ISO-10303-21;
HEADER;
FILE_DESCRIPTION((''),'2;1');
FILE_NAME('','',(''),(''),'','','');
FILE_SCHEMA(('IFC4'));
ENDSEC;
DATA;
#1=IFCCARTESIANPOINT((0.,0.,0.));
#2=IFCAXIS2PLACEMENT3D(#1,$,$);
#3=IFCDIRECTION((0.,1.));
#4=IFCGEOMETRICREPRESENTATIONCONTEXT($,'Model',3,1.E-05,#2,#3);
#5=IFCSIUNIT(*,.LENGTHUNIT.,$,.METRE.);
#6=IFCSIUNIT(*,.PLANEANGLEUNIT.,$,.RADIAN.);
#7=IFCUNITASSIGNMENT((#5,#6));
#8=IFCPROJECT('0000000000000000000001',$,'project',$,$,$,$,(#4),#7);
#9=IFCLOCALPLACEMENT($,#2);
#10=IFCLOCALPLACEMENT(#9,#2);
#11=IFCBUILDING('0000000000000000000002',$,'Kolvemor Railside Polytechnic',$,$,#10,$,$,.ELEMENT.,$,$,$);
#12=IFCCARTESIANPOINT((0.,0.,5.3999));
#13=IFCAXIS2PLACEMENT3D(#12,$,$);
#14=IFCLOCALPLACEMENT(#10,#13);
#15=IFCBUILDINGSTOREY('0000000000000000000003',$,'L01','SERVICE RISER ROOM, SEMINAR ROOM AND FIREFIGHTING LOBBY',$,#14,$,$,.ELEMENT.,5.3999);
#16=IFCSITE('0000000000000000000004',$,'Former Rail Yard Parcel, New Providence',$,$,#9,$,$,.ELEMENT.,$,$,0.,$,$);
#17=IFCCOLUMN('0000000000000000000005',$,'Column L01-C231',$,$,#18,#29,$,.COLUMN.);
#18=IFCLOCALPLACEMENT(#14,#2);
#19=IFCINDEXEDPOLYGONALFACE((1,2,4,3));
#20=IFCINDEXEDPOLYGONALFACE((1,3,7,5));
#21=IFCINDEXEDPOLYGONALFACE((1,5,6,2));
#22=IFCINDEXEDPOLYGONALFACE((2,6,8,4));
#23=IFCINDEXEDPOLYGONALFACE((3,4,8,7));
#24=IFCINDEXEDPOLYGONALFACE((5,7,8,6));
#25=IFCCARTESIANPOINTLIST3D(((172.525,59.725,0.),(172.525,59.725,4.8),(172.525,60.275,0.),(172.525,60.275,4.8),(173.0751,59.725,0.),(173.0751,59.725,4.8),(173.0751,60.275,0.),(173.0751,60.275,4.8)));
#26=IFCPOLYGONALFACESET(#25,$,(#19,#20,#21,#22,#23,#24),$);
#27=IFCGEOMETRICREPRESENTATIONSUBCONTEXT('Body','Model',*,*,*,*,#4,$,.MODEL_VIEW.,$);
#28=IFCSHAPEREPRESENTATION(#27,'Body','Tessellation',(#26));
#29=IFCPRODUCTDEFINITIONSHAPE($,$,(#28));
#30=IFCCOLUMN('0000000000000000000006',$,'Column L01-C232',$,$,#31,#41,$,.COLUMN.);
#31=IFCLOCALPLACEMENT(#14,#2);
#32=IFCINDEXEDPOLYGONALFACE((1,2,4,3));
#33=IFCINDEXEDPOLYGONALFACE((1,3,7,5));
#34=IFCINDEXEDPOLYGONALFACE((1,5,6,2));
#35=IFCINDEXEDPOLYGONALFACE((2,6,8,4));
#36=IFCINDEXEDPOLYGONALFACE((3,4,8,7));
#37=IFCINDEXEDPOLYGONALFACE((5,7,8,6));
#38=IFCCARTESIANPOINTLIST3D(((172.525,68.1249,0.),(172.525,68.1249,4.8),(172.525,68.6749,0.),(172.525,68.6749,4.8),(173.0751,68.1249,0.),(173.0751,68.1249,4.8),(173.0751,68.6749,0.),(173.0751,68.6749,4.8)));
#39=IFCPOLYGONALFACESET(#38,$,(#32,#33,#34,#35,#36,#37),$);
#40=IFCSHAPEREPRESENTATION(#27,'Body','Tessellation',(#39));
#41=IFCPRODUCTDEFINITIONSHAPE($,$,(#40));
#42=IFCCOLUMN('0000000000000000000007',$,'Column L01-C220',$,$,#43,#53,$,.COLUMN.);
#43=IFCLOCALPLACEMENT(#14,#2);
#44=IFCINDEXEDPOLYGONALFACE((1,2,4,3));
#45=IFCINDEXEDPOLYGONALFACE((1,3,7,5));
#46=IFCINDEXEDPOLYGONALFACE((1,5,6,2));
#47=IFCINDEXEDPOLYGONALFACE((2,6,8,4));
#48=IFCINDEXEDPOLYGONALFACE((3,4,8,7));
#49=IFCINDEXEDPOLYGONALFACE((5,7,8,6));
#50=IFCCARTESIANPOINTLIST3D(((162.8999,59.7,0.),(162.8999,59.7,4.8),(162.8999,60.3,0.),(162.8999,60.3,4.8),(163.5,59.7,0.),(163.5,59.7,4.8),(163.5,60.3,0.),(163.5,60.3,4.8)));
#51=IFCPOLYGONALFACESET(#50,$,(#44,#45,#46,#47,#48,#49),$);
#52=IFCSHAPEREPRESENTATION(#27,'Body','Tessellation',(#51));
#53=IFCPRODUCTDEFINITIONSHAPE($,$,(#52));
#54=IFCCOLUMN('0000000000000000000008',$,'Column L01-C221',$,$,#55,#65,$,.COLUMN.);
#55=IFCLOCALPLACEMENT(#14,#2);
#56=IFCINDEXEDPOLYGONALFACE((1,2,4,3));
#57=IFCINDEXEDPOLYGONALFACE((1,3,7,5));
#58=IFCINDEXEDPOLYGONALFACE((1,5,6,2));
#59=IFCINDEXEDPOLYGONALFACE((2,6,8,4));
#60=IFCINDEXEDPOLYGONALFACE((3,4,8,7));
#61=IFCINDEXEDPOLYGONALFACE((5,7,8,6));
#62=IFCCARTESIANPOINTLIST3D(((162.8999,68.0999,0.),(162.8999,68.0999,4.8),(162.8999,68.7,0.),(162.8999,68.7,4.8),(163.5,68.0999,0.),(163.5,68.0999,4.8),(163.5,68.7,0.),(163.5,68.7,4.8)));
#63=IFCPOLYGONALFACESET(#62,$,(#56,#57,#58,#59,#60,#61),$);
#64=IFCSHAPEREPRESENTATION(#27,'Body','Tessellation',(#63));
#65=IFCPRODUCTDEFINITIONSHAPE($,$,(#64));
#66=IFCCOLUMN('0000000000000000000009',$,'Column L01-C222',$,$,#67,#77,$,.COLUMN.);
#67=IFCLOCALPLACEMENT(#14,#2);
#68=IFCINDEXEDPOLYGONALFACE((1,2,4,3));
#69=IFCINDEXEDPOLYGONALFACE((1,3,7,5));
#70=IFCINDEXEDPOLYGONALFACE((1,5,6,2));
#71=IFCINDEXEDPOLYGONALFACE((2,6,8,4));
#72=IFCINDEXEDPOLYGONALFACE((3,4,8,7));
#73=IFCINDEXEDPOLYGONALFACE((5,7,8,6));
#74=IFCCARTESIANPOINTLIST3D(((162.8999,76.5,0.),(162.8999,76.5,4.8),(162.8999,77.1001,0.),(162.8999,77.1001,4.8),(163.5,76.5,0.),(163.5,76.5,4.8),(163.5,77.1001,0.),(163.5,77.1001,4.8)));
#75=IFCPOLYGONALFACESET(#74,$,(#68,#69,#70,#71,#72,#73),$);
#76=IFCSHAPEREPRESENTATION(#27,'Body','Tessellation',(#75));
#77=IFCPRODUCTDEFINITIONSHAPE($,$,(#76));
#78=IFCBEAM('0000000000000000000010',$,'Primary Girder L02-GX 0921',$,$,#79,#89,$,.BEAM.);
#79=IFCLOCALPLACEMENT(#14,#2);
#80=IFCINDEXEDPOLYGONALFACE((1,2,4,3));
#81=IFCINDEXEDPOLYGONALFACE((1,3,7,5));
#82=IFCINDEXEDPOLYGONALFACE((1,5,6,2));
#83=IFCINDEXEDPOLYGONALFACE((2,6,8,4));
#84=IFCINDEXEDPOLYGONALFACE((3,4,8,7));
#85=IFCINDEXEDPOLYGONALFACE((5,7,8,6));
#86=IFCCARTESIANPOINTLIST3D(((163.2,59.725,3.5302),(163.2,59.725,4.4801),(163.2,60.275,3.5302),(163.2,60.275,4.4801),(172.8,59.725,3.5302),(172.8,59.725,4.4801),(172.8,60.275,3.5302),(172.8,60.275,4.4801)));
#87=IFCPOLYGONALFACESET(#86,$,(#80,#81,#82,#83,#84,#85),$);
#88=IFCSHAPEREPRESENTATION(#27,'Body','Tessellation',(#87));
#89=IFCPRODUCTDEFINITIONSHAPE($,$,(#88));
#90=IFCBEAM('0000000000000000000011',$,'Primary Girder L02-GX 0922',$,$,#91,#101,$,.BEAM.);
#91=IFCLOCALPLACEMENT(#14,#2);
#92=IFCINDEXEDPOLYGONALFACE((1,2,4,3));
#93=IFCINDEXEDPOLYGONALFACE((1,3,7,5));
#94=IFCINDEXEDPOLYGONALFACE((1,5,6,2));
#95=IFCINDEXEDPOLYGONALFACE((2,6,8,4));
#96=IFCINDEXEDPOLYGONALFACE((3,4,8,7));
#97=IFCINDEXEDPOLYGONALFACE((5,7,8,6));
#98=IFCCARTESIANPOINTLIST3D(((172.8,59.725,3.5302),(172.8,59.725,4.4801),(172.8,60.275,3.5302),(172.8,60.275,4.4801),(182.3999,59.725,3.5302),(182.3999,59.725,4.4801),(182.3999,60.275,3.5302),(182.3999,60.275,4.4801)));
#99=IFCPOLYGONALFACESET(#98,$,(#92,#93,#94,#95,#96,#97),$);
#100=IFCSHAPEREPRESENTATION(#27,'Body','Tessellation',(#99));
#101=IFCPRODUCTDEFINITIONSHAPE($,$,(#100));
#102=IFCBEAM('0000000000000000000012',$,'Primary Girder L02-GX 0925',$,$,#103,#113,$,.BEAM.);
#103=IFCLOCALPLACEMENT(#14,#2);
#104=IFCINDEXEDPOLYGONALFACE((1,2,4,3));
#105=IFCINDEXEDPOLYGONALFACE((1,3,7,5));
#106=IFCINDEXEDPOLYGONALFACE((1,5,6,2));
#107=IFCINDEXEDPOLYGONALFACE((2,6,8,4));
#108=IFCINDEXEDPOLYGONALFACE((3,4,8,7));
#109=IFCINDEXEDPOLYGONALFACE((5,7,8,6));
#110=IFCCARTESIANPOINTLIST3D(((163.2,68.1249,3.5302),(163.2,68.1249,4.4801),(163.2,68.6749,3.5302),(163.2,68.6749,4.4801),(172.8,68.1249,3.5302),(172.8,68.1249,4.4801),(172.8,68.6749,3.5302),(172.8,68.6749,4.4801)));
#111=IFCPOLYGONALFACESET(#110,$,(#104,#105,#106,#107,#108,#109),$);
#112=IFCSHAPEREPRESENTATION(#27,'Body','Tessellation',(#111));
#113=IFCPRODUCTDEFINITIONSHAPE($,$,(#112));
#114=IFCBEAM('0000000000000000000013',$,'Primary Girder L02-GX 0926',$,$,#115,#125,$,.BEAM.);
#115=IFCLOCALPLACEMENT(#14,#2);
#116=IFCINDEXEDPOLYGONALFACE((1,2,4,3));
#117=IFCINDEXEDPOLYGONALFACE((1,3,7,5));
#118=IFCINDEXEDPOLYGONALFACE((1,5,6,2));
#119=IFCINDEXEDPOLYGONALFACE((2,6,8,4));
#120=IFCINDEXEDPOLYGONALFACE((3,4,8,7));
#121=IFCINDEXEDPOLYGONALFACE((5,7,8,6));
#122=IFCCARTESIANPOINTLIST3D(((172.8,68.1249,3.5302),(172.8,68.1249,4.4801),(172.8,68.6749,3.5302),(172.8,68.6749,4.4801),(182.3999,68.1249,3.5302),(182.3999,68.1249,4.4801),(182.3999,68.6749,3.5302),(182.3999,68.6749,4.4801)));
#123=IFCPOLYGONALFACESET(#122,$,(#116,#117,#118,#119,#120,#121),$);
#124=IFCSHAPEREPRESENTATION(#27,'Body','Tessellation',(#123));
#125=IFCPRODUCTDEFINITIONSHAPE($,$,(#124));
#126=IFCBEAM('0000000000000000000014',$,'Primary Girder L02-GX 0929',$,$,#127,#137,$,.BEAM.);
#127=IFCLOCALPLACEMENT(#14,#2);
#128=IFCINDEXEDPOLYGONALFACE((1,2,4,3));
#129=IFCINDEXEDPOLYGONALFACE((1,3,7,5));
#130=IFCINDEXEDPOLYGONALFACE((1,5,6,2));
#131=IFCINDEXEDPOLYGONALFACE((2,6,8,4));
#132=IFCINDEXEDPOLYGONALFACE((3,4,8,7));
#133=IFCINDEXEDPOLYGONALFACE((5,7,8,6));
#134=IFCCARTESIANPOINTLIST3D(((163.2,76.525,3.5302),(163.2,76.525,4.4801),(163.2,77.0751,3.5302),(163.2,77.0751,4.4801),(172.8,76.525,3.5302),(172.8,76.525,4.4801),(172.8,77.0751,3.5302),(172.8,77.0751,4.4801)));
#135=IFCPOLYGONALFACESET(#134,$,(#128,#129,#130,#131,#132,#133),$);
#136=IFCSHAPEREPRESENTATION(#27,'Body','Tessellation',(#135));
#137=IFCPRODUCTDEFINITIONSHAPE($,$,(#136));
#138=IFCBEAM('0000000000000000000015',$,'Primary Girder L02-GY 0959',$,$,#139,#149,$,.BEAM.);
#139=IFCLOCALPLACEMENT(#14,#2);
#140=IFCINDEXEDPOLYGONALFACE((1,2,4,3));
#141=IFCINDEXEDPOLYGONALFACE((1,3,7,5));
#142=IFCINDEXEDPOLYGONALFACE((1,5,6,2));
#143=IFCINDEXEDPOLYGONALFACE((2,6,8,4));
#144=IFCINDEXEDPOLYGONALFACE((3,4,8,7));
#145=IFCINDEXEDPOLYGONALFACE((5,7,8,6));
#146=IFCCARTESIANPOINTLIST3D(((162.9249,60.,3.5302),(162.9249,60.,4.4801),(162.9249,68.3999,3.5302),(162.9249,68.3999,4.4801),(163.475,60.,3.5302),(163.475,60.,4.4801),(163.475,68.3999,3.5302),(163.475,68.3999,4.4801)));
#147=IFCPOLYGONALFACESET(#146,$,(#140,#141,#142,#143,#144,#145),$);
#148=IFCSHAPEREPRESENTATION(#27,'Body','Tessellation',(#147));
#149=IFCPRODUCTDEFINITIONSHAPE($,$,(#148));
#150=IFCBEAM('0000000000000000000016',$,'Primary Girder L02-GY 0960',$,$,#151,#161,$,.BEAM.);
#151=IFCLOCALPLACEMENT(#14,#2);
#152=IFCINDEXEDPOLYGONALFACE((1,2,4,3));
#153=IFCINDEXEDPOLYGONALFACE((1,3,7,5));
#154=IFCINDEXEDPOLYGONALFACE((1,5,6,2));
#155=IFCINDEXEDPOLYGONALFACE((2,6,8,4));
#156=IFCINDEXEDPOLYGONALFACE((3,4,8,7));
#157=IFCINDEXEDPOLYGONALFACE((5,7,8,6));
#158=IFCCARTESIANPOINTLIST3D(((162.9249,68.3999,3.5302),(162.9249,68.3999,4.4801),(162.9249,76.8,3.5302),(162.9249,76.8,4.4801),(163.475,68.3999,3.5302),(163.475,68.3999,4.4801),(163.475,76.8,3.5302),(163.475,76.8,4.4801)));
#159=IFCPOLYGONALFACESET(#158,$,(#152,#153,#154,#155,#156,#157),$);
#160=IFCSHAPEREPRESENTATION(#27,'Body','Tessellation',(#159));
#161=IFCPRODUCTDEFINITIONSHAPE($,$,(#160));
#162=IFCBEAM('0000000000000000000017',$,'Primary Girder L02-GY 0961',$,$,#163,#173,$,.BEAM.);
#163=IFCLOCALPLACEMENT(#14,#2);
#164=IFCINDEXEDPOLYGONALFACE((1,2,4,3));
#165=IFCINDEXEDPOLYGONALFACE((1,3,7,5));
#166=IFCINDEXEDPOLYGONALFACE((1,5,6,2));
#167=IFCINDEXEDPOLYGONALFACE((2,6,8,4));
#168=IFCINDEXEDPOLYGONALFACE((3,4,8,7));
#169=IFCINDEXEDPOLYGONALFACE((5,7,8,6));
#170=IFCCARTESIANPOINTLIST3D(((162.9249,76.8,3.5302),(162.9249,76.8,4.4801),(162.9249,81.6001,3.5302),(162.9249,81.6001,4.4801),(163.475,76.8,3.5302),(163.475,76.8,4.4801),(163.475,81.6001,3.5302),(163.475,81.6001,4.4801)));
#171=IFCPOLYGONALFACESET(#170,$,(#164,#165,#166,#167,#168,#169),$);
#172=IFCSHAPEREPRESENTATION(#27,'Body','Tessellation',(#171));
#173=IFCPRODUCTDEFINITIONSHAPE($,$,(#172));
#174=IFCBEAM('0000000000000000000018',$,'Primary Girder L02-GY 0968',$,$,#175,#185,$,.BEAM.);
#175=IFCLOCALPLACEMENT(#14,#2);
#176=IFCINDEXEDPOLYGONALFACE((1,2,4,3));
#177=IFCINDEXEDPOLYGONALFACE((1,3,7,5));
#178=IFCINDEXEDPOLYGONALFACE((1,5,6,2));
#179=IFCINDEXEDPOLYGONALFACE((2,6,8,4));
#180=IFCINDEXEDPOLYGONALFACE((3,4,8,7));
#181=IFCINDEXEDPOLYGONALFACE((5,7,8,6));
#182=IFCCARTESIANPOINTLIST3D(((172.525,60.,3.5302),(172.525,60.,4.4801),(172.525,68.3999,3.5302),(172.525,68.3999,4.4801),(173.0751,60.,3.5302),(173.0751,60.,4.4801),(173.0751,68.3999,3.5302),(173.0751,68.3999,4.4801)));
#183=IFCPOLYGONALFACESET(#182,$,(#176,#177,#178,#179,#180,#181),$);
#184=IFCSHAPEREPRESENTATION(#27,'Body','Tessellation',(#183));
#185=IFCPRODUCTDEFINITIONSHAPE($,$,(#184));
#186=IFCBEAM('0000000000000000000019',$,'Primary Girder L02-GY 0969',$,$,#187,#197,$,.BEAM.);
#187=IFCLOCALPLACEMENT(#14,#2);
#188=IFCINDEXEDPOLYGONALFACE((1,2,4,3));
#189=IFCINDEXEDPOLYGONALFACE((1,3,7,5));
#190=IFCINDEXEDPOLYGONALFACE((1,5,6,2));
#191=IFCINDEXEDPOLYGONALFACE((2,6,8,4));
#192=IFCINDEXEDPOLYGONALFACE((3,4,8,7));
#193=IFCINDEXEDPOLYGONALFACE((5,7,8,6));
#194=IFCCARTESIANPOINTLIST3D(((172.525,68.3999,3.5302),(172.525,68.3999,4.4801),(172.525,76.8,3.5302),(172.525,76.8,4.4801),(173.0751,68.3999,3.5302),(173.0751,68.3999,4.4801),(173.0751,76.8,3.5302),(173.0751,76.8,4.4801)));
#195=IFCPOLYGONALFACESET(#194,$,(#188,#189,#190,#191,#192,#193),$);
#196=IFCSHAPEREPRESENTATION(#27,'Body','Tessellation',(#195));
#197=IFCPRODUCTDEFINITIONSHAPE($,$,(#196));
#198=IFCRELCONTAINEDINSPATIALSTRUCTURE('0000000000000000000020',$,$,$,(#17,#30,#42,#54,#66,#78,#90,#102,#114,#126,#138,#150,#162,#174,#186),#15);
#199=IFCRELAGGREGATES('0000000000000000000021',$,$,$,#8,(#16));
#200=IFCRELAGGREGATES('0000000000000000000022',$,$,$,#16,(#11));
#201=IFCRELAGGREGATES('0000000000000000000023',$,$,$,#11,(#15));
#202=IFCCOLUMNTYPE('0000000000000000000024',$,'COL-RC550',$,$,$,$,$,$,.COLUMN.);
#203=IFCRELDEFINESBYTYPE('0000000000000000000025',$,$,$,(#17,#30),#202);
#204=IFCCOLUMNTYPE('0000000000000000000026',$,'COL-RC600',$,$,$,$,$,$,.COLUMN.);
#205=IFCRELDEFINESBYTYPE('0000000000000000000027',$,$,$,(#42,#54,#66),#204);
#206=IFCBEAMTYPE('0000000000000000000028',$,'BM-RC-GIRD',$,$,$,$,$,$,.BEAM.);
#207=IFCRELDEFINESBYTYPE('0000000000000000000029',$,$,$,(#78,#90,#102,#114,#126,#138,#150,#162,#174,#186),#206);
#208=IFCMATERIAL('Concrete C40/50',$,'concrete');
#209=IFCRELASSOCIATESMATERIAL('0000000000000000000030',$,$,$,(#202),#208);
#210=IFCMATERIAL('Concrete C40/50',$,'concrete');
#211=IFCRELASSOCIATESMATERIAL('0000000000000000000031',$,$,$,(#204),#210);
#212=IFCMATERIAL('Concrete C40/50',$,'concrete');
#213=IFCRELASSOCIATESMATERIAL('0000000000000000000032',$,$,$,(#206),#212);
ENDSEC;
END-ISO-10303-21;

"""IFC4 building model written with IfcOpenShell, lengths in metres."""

from ifc_helpers import new_model, si_unit, direction, frame, origin, origin_2d, place, context, subcontext, project, spatial, rectangle, extrude, material, material_profile, profile_set, type_object, element, save


model = new_model("IFC4")

# Units and contexts
model_context = context("Model", 3, precision=1e-05, world=origin(), true_north=direction((0.0, 1.0)))
body_context = subcontext(model_context, "Body", "Model", "MODEL_VIEW")
ifc_project = project(units=[si_unit("LENGTHUNIT", "METRE"), si_unit("PLANEANGLEUNIT", "RADIAN")], contexts=[model_context])

# Site, building, storey
site_placement = place(None, origin())
site = spatial("IfcSite", under=ifc_project, at=site_placement, Name="Former Rail Yard Parcel, New Providence", CompositionType="ELEMENT", RefElevation=0.0)
building_placement = place(site_placement, origin())
building = spatial("IfcBuilding", under=site, at=building_placement, Name="Kolvemor Railside Polytechnic", CompositionType="ELEMENT")
storey_placement = place(building_placement, frame((0.0, 0.0, 5.3999)))
storey = spatial("IfcBuildingStorey", under=building, at=storey_placement, Name="L01", Description="SERVICE RISER ROOM, SEMINAR ROOM AND FIREFIGHTING LOBBY", CompositionType="ELEMENT", Elevation=5.3999)

# Columns
ifc_material_1 = material(Name="Concrete C40/50", Category="concrete")
ifc_material_profile_1 = material_profile(ifc_material_1, rectangle(XDim=0.55, YDim=0.55, at=origin_2d()), Name="RC550x550")
ifc_profile_set_1 = profile_set([ifc_material_profile_1], Name="Concrete C40/50")
column_type_1 = type_object("IfcColumnType", Name="COL-RC550", PredefinedType="COLUMN", material=ifc_profile_set_1)
for number, where, z_axis, x_axis, name in (
    (1, (172.8, 60.0, 0.0), (0.0, 0.0, 1.0), (1.0, 0.0, 0.0), "Column L01-C231"),
    (2, (172.8, 68.3999, 0.0), (0.0, 0.0, 1.0), (1.0, 0.0, 0.0), "Column L01-C232"),
):
    element("IfcColumn", number, at=place(storey_placement, frame(where, z_axis=z_axis, x_axis=x_axis)), inside=storey, type_object=column_type_1, Name=name, PredefinedType="COLUMN", context=body_context, shape_type="SweptSolid", body=[
        extrude(rectangle(XDim=0.55, YDim=0.55, at=origin_2d()), origin(), (0.0, 0.0, 1.0), 4.8),
    ])
ifc_material_2 = material(Name="Concrete C40/50", Category="concrete")
ifc_material_profile_2 = material_profile(ifc_material_2, rectangle(XDim=0.6001, YDim=0.6001, at=origin_2d()), Name="RC600x600")
ifc_profile_set_2 = profile_set([ifc_material_profile_2], Name="Concrete C40/50")
column_type_2 = type_object("IfcColumnType", Name="COL-RC600", PredefinedType="COLUMN", material=ifc_profile_set_2)
for number, where, z_axis, x_axis, name in (
    (3, (163.2, 60.0, 0.0), (0.0, 0.0, 1.0), (1.0, 0.0, 0.0), "Column L01-C220"),
    (4, (163.2, 68.3999, 0.0), (0.0, 0.0, 1.0), (1.0, 0.0, 0.0), "Column L01-C221"),
    (5, (163.2, 76.8, 0.0), (0.0, 0.0, 1.0), (1.0, 0.0, 0.0), "Column L01-C222"),
):
    element("IfcColumn", number, at=place(storey_placement, frame(where, z_axis=z_axis, x_axis=x_axis)), inside=storey, type_object=column_type_2, Name=name, PredefinedType="COLUMN", context=body_context, shape_type="SweptSolid", body=[
        extrude(rectangle(XDim=0.6001, YDim=0.6001, at=origin_2d()), origin(), (0.0, 0.0, 1.0), 4.8),
    ])

# Beams
ifc_material_3 = material(Name="Concrete C40/50", Category="concrete")
ifc_material_profile_3 = material_profile(ifc_material_3, rectangle(XDim=0.55, YDim=0.95, at=origin_2d()), Name="RC550x950")
ifc_profile_set_3 = profile_set([ifc_material_profile_3], Name="Concrete C40/50")
beam_type_1 = type_object("IfcBeamType", Name="BM-RC-GIRD", PredefinedType="BEAM", material=ifc_profile_set_3)
beam_1_placement = place(storey_placement, frame((163.2, 60.0, 4.0051), z_axis=(1.0, 0.0, 0.0), x_axis=(0.0, 1.0, 0.0)))
element("IfcBeam", 6, at=beam_1_placement, inside=storey, type_object=beam_type_1, Name="Primary Girder L02-GX 0921", PredefinedType="BEAM", context=body_context, shape_type="SweptSolid", body=[
    extrude(rectangle(XDim=0.55, YDim=0.95, at=origin_2d()), origin(), (0.0, 0.0, 1.0), 9.6001),
])
beam_2_placement = place(storey_placement, frame((172.8, 60.0, 4.0051), z_axis=(1.0, 0.0, 0.0), x_axis=(0.0, 1.0, 0.0)))
element("IfcBeam", 7, at=beam_2_placement, inside=storey, type_object=beam_type_1, Name="Primary Girder L02-GX 0922", PredefinedType="BEAM", context=body_context, shape_type="SweptSolid", body=[
    extrude(rectangle(XDim=0.55, YDim=0.95, at=origin_2d()), origin(), (0.0, 0.0, 1.0), 9.5999),
])
beam_3_placement = place(storey_placement, frame((163.2, 68.3999, 4.0051), z_axis=(1.0, 0.0, 0.0), x_axis=(0.0, 1.0, 0.0)))
element("IfcBeam", 8, at=beam_3_placement, inside=storey, type_object=beam_type_1, Name="Primary Girder L02-GX 0925", PredefinedType="BEAM", context=body_context, shape_type="SweptSolid", body=[
    extrude(rectangle(XDim=0.55, YDim=0.95, at=origin_2d()), origin(), (0.0, 0.0, 1.0), 9.6001),
])
beam_4_placement = place(storey_placement, frame((172.8, 68.3999, 4.0051), z_axis=(1.0, 0.0, 0.0), x_axis=(0.0, 1.0, 0.0)))
element("IfcBeam", 9, at=beam_4_placement, inside=storey, type_object=beam_type_1, Name="Primary Girder L02-GX 0926", PredefinedType="BEAM", context=body_context, shape_type="SweptSolid", body=[
    extrude(rectangle(XDim=0.55, YDim=0.95, at=origin_2d()), origin(), (0.0, 0.0, 1.0), 9.5999),
])
beam_5_placement = place(storey_placement, frame((163.2, 76.8, 4.0051), z_axis=(1.0, 0.0, 0.0), x_axis=(0.0, 1.0, 0.0)))
element("IfcBeam", 10, at=beam_5_placement, inside=storey, type_object=beam_type_1, Name="Primary Girder L02-GX 0929", PredefinedType="BEAM", context=body_context, shape_type="SweptSolid", body=[
    extrude(rectangle(XDim=0.55, YDim=0.95, at=origin_2d()), origin(), (0.0, 0.0, 1.0), 9.6001),
])
beam_6_placement = place(storey_placement, frame((163.2, 60.0, 4.0051), z_axis=(0.0, 1.0, 0.0), x_axis=(-1.0, 0.0, 0.0)))
element("IfcBeam", 11, at=beam_6_placement, inside=storey, type_object=beam_type_1, Name="Primary Girder L02-GY 0959", PredefinedType="BEAM", context=body_context, shape_type="SweptSolid", body=[
    extrude(rectangle(XDim=0.55, YDim=0.95, at=origin_2d()), origin(), (0.0, 0.0, 1.0), 8.3999),
])
beam_7_placement = place(storey_placement, frame((163.2, 68.3999, 4.0051), z_axis=(0.0, 1.0, 0.0), x_axis=(-1.0, 0.0, 0.0)))
element("IfcBeam", 12, at=beam_7_placement, inside=storey, type_object=beam_type_1, Name="Primary Girder L02-GY 0960", PredefinedType="BEAM", context=body_context, shape_type="SweptSolid", body=[
    extrude(rectangle(XDim=0.55, YDim=0.95, at=origin_2d()), origin(), (0.0, 0.0, 1.0), 8.4001),
])
beam_8_placement = place(storey_placement, frame((163.2, 76.8, 4.0051), z_axis=(0.0, 1.0, 0.0), x_axis=(-1.0, 0.0, 0.0)))
element("IfcBeam", 13, at=beam_8_placement, inside=storey, type_object=beam_type_1, Name="Primary Girder L02-GY 0961", PredefinedType="BEAM", context=body_context, shape_type="SweptSolid", body=[
    extrude(rectangle(XDim=0.55, YDim=0.95, at=origin_2d()), origin(), (0.0, 0.0, 1.0), 4.8),
])
beam_9_placement = place(storey_placement, frame((172.8, 60.0, 4.0051), z_axis=(0.0, 1.0, 0.0), x_axis=(-1.0, 0.0, 0.0)))
element("IfcBeam", 14, at=beam_9_placement, inside=storey, type_object=beam_type_1, Name="Primary Girder L02-GY 0968", PredefinedType="BEAM", context=body_context, shape_type="SweptSolid", body=[
    extrude(rectangle(XDim=0.55, YDim=0.95, at=origin_2d()), origin(), (0.0, 0.0, 1.0), 8.3999),
])
beam_10_placement = place(storey_placement, frame((172.8, 68.3999, 4.0051), z_axis=(0.0, 1.0, 0.0), x_axis=(-1.0, 0.0, 0.0)))
element("IfcBeam", 15, at=beam_10_placement, inside=storey, type_object=beam_type_1, Name="Primary Girder L02-GY 0969", PredefinedType="BEAM", context=body_context, shape_type="SweptSolid", body=[
    extrude(rectangle(XDim=0.55, YDim=0.95, at=origin_2d()), origin(), (0.0, 0.0, 1.0), 8.4001),
])

save(model, "model.ifc")
